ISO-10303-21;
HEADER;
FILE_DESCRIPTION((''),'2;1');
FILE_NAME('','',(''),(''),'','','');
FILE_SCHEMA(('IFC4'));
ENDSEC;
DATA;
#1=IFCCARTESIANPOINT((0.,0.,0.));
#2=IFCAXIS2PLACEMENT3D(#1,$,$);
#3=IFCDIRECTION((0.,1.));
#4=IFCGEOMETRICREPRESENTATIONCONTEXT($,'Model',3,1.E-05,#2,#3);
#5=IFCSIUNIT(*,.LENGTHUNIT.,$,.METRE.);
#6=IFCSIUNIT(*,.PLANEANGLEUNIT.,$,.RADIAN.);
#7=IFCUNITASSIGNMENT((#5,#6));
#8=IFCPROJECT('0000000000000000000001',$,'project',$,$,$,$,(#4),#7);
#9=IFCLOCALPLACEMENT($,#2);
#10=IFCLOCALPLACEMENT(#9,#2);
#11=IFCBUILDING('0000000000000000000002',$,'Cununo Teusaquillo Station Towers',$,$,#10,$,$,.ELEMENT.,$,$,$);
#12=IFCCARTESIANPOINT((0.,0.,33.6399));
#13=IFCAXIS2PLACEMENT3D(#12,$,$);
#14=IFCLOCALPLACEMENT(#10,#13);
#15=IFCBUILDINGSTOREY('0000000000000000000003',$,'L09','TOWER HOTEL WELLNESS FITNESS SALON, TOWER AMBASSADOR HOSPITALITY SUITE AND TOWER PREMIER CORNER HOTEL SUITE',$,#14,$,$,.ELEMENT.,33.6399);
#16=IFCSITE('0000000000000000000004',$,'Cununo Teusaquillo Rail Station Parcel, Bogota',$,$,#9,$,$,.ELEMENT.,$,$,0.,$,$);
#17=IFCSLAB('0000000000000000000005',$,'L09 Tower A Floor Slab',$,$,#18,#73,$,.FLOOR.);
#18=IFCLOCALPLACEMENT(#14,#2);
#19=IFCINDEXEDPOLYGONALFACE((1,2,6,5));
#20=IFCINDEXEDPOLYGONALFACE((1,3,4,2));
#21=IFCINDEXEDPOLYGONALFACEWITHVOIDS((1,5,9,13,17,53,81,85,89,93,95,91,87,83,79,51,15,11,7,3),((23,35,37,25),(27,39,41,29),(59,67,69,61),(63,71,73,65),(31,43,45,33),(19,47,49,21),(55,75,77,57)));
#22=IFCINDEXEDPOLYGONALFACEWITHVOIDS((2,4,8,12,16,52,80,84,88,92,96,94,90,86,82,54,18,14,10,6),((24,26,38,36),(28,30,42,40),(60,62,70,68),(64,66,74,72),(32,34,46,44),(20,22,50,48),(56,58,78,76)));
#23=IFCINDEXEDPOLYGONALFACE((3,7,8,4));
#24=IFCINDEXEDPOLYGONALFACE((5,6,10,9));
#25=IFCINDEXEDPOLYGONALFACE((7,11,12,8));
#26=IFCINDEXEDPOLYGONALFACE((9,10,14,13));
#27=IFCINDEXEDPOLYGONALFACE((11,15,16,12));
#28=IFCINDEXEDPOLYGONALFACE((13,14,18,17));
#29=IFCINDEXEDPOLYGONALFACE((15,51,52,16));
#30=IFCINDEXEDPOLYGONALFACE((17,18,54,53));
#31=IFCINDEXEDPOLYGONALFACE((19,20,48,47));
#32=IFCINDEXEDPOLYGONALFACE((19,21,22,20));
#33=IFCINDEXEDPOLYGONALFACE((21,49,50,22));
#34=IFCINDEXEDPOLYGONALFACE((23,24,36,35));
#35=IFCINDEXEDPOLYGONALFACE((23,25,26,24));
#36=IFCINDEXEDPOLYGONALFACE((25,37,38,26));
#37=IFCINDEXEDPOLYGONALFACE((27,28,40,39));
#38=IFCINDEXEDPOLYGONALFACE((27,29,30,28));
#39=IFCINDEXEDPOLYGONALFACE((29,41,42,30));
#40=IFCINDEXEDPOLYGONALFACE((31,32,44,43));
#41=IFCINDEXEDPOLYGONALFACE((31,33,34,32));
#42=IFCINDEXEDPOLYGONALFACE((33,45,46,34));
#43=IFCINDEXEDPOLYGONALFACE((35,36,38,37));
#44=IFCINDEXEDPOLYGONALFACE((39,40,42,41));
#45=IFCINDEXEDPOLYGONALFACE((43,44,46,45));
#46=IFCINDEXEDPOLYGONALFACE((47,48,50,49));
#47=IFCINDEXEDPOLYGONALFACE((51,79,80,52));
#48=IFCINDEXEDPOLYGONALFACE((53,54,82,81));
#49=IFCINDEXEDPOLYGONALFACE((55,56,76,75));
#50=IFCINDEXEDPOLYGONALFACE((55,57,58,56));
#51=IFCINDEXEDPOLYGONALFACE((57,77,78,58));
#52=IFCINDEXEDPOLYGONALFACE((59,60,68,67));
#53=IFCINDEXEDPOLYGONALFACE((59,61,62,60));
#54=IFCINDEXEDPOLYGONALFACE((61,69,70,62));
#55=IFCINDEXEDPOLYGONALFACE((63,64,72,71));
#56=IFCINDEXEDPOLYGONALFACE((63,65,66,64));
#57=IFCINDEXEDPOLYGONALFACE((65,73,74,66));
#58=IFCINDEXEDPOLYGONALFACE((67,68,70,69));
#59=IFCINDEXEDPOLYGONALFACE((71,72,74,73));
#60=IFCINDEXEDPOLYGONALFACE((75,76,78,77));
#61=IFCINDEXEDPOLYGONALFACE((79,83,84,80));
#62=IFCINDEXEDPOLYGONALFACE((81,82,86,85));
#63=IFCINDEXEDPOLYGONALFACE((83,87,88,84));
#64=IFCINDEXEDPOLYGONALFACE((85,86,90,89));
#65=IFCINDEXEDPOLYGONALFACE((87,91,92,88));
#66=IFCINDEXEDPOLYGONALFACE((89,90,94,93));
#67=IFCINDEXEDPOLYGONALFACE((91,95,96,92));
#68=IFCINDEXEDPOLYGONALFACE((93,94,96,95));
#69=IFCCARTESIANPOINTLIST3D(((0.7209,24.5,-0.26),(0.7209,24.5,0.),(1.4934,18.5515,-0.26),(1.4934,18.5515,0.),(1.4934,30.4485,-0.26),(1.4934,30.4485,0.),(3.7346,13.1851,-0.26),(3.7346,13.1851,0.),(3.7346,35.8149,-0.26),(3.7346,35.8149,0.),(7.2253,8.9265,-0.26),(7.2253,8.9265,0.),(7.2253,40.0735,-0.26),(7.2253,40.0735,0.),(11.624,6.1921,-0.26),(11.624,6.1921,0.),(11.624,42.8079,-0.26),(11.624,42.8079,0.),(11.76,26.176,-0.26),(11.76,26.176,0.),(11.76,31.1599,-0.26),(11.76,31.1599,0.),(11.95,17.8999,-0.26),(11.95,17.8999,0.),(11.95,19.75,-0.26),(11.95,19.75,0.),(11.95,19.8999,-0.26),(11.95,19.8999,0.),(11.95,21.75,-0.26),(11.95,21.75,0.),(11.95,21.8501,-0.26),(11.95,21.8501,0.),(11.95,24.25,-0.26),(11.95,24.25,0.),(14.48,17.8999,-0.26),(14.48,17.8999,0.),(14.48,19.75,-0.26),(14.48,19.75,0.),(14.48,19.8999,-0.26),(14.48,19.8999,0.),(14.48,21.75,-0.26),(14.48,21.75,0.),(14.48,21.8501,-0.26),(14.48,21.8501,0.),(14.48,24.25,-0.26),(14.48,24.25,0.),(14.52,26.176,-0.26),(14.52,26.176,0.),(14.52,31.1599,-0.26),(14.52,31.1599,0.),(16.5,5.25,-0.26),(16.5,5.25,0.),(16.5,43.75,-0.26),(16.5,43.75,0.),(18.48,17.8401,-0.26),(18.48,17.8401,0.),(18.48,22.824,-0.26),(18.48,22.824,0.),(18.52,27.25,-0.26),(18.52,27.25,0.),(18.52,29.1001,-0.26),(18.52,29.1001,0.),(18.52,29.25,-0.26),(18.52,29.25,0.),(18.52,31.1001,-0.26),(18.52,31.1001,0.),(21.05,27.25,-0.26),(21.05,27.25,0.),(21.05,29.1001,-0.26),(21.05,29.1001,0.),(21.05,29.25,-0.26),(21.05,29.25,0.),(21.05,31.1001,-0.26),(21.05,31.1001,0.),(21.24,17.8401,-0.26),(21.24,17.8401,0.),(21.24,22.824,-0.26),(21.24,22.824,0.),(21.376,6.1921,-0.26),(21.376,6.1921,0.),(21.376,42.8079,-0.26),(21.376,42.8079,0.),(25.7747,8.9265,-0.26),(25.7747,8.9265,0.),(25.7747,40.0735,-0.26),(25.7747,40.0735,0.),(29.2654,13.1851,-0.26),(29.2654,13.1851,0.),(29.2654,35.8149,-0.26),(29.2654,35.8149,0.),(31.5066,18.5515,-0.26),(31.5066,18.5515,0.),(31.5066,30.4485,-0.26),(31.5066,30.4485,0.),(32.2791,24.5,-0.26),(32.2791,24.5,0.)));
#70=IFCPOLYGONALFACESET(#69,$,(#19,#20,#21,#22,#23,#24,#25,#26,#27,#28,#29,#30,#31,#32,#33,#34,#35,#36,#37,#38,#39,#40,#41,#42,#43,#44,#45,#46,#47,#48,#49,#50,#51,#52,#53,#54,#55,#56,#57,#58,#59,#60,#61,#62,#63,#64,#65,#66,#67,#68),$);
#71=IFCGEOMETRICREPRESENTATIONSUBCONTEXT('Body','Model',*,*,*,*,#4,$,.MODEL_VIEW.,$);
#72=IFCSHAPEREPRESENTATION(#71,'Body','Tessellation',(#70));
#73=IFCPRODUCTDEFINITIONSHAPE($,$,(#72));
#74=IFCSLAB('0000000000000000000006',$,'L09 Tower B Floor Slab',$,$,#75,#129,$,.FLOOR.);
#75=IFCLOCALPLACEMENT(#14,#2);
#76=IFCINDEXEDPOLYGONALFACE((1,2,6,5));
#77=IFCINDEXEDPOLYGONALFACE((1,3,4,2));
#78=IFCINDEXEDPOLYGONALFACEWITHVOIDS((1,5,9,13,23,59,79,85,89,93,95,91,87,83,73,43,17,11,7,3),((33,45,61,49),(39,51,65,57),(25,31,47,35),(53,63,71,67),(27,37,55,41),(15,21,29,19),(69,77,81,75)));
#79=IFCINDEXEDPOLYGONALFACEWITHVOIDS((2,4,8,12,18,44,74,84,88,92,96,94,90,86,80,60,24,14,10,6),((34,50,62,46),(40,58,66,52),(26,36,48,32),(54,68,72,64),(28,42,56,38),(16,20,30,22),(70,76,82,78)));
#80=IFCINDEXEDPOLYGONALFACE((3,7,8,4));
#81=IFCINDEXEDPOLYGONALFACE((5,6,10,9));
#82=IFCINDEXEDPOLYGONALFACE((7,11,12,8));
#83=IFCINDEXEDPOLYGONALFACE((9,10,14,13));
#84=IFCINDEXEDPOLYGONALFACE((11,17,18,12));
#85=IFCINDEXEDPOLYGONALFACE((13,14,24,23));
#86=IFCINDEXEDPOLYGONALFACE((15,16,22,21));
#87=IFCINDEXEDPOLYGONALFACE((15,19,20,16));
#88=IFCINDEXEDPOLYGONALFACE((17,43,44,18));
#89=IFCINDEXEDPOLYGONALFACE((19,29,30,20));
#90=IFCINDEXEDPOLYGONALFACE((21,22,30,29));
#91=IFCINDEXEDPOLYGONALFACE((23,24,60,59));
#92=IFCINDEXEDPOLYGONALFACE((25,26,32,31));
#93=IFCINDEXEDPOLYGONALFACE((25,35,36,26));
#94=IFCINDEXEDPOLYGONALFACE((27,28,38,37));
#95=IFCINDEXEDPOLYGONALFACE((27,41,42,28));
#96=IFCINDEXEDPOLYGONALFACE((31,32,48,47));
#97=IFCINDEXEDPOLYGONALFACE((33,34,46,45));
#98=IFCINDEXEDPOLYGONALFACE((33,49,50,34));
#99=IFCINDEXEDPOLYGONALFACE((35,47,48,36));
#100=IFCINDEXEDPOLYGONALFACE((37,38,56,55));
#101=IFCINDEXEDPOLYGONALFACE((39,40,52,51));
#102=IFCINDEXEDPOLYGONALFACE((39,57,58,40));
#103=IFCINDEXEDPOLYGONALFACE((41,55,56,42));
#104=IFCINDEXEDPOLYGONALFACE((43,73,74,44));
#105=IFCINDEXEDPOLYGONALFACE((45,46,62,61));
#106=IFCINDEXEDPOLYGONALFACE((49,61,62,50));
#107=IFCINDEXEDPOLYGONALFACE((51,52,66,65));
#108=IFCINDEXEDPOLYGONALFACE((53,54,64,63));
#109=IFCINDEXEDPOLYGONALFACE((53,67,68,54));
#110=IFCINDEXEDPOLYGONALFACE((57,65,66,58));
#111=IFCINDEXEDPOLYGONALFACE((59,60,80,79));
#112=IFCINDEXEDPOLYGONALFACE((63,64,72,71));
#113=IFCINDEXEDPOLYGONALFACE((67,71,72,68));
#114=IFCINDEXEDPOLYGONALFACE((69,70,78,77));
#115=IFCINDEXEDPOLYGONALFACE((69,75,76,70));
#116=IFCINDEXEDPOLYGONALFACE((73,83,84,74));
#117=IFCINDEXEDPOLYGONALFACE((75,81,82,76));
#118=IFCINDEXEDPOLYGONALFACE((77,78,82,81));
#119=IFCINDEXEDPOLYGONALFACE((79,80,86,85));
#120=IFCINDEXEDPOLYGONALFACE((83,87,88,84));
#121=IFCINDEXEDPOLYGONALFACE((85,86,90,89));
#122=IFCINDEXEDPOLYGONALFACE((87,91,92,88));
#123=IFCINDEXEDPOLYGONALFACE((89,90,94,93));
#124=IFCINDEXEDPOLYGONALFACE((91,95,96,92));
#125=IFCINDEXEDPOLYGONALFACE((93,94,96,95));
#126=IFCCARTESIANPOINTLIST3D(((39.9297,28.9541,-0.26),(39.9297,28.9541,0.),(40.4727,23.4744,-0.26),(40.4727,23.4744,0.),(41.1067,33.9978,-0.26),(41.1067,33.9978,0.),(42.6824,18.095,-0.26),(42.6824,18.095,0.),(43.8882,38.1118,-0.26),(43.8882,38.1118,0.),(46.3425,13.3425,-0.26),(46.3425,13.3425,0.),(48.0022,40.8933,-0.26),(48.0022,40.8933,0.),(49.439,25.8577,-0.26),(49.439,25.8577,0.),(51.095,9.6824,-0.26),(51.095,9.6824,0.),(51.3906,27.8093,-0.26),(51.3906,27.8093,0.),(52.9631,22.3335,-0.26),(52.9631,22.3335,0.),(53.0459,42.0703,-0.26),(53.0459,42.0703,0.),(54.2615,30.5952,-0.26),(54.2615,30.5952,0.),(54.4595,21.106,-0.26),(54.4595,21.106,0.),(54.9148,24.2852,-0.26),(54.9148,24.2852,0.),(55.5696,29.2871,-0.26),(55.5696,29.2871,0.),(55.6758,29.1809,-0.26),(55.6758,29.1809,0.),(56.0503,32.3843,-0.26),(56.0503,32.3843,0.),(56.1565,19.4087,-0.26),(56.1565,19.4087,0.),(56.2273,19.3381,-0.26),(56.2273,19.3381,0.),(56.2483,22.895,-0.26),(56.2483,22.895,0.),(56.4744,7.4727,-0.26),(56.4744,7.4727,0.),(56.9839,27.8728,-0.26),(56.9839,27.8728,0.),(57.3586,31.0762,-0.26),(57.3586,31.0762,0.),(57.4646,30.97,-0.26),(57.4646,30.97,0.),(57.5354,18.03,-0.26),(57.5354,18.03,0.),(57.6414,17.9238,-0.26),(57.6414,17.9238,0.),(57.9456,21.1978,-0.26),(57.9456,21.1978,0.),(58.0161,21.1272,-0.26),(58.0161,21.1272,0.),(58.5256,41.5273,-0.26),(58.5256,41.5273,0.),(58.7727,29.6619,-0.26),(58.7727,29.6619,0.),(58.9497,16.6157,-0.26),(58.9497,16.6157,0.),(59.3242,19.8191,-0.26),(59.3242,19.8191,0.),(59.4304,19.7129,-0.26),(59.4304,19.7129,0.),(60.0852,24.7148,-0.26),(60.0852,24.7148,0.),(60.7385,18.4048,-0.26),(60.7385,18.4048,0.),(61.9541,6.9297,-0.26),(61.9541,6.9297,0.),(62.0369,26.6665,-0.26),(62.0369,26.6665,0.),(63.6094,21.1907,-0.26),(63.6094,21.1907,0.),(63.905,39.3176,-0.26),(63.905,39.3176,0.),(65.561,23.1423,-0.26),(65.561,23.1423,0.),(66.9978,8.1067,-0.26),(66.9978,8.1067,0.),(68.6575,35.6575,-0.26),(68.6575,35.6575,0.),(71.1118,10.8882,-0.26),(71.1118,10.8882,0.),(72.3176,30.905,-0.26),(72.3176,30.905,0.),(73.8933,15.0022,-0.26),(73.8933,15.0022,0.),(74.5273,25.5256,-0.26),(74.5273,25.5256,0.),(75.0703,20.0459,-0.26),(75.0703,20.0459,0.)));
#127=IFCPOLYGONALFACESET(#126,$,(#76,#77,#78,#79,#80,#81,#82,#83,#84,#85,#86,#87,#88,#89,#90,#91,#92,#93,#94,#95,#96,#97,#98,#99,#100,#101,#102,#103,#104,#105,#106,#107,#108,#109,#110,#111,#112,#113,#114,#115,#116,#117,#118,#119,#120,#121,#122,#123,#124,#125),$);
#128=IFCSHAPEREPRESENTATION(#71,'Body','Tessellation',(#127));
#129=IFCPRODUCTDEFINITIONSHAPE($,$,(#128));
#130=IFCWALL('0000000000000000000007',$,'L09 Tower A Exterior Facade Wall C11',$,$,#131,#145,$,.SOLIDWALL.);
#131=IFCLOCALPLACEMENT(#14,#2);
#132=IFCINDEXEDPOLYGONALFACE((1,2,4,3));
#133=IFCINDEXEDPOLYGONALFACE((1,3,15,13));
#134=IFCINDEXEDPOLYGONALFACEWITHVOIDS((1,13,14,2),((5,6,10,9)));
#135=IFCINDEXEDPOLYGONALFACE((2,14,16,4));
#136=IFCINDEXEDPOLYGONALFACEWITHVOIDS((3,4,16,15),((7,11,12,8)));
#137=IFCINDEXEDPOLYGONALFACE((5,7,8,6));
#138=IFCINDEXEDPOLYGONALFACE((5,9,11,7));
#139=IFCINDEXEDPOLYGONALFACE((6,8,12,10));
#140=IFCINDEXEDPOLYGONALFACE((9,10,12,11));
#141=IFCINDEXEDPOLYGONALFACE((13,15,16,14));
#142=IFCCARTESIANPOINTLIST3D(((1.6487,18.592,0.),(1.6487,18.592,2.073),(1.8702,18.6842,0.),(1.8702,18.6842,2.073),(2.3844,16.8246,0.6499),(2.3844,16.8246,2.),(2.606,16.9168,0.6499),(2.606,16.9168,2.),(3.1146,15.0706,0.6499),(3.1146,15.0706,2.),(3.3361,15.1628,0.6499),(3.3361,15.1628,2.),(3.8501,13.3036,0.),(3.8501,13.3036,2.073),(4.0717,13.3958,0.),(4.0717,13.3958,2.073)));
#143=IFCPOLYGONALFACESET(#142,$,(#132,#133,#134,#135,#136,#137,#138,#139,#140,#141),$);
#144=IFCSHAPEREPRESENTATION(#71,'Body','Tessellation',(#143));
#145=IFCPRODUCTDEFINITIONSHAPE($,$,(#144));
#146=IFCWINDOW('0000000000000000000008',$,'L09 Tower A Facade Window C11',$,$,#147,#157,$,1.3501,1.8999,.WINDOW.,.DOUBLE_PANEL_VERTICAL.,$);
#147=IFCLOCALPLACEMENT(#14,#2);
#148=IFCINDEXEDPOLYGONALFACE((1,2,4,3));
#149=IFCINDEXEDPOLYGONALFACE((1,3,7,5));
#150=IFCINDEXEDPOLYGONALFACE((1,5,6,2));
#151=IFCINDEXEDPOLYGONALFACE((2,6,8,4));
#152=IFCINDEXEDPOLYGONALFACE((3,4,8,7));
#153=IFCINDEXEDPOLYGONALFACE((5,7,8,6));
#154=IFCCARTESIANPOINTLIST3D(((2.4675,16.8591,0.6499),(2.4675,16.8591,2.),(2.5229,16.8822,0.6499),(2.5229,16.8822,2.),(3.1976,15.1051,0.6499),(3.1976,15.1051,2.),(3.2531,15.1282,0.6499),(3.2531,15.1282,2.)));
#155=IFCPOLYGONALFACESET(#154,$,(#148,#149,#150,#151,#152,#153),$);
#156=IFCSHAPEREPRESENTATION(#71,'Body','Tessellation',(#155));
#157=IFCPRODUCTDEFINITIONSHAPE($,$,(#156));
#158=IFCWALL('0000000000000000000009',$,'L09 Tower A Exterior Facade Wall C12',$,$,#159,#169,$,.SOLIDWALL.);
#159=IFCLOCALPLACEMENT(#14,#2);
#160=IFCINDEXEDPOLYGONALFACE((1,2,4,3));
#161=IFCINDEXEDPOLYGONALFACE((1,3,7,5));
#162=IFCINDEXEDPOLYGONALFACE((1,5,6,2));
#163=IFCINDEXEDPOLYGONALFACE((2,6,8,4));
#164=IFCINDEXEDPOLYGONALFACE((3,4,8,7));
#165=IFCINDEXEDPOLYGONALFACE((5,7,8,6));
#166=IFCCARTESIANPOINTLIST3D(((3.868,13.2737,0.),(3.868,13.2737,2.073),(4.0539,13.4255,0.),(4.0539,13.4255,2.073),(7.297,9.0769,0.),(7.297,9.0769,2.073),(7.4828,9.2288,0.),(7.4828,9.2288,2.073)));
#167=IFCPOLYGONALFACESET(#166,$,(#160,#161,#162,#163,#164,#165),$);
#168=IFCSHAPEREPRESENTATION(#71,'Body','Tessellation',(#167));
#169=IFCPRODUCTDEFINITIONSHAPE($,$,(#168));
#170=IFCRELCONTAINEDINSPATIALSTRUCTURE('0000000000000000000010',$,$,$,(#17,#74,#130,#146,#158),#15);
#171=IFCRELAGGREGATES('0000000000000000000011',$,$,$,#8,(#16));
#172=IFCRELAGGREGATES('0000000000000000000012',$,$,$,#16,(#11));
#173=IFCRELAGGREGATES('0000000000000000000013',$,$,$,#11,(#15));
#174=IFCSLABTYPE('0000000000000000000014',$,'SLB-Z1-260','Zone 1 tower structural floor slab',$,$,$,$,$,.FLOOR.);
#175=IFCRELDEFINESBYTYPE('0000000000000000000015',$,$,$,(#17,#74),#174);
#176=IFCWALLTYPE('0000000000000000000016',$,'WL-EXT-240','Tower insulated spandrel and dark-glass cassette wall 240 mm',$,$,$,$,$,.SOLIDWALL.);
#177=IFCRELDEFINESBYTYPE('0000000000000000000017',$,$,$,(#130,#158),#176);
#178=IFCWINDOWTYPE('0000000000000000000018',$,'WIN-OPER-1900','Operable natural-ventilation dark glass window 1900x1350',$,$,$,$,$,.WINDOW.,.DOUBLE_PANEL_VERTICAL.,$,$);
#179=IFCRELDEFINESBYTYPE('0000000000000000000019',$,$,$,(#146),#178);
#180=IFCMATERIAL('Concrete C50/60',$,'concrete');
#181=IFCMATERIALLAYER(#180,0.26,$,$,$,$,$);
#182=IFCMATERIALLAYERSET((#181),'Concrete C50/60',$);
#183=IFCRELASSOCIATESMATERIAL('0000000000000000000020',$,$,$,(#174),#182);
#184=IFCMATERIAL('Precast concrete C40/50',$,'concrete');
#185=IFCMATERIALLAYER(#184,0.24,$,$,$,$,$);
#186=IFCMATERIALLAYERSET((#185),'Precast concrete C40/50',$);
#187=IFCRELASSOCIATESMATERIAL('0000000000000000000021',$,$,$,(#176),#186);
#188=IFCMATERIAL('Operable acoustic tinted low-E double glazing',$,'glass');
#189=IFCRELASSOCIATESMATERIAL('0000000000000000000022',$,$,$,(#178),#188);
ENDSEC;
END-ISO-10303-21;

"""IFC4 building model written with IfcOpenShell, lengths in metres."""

from ifc_helpers import new_model, si_unit, direction, frame, frame_2d, origin, place, context, subcontext, project, spatial, polyline, rectangle, outline, extrude, source, transform, mapped, material, layer, layer_set, type_object, element, fill, save


model = new_model("IFC4")

# Units and contexts
model_context = context("Model", 3, precision=1e-05, world=origin(), true_north=direction((0.0, 1.0)))
body_context = subcontext(model_context, "Body", "Model", "MODEL_VIEW")
ifc_project = project(units=[si_unit("LENGTHUNIT", "METRE"), si_unit("PLANEANGLEUNIT", "RADIAN")], contexts=[model_context])

# Site, building, storey
site_placement = place(None, origin())
site = spatial("IfcSite", under=ifc_project, at=site_placement, Name="Cununo Teusaquillo Rail Station Parcel, Bogota", CompositionType="ELEMENT", RefElevation=0.0)
building_placement = place(site_placement, origin())
building = spatial("IfcBuilding", under=site, at=building_placement, Name="Cununo Teusaquillo Station Towers", CompositionType="ELEMENT")
storey_placement = place(building_placement, frame((0.0, 0.0, 33.6399)))
storey = spatial("IfcBuildingStorey", under=building, at=storey_placement, Name="L09", Description="TOWER HOTEL WELLNESS FITNESS SALON, TOWER AMBASSADOR HOSPITALITY SUITE AND TOWER PREMIER CORNER HOTEL SUITE", CompositionType="ELEMENT", Elevation=33.6399)

# Slabs
ifc_material_1 = material(Name="Concrete C50/60", Category="concrete")
ifc_layer_1 = layer(ifc_material_1, 0.26)
ifc_layer_set_1 = layer_set([ifc_layer_1], Name="Concrete C50/60")
slab_type_1 = type_object("IfcSlabType", Name="SLB-Z1-260", Description="Zone 1 tower structural floor slab", PredefinedType="FLOOR", material=ifc_layer_set_1)
slab_1_placement = place(storey_placement, frame((0.0, 0.0, -0.26)))
element("IfcSlab", 1, at=slab_1_placement, inside=storey, type_object=slab_type_1, Name="L09 Tower A Floor Slab", PredefinedType="FLOOR", context=body_context, shape_type="SweptSolid", body=[
    extrude(outline(polyline([(32.2791, 24.5), (31.5066, 30.4485), (29.2654, 35.8149), (25.7747, 40.0735), (21.376, 42.8079), (16.5, 43.75), (11.624, 42.8079), (7.2253, 40.0735), (3.7346, 35.8149), (1.4934, 30.4485), (0.7209, 24.5), (1.4934, 18.5515), (3.7346, 13.1851), (7.2253, 8.9265), (11.624, 6.1921), (16.5, 5.25), (21.376, 6.1921), (25.7747, 8.9265), (29.2654, 13.1851), (31.5066, 18.5515), (32.2791, 24.5)]), holes=[polyline([(14.52, 26.176), (14.52, 31.1599), (11.76, 31.1599), (11.76, 26.176), (14.52, 26.176)]), polyline([(18.48, 22.824), (18.48, 17.8401), (21.24, 17.8401), (21.24, 22.824), (18.48, 22.824)]), polyline([(11.95, 21.8501), (14.48, 21.8501), (14.48, 24.25), (11.95, 24.25), (11.95, 21.8501)]), polyline([(11.95, 17.8999), (14.48, 17.8999), (14.48, 19.75), (11.95, 19.75), (11.95, 17.8999)]), polyline([(11.95, 19.8999), (14.48, 19.8999), (14.48, 21.75), (11.95, 21.75), (11.95, 19.8999)]), polyline([(18.52, 27.25), (21.05, 27.25), (21.05, 29.1001), (18.52, 29.1001), (18.52, 27.25)]), polyline([(18.52, 29.25), (21.05, 29.25), (21.05, 31.1001), (18.52, 31.1001), (18.52, 29.25)])]), origin(), (0.0, 0.0, 1.0), 0.26),
])
slab_2_placement = place(storey_placement, frame((0.0, 0.0, -0.26)))
element("IfcSlab", 2, at=slab_2_placement, inside=storey, type_object=slab_type_1, Name="L09 Tower B Floor Slab", PredefinedType="FLOOR", context=body_context, shape_type="SweptSolid", body=[
    extrude(outline(polyline([(68.6575, 35.6575), (63.905, 39.3176), (58.5256, 41.5273), (53.0459, 42.0703), (48.0022, 40.8933), (43.8882, 38.1118), (41.1067, 33.9978), (39.9297, 28.9541), (40.4727, 23.4744), (42.6824, 18.095), (46.3425, 13.3425), (51.095, 9.6824), (56.4744, 7.4727), (61.9541, 6.9297), (66.9978, 8.1067), (71.1118, 10.8882), (73.8933, 15.0022), (75.0703, 20.0459), (74.5273, 25.5256), (72.3176, 30.905), (68.6575, 35.6575)]), holes=[polyline([(54.9148, 24.2852), (51.3906, 27.8093), (49.439, 25.8577), (52.9631, 22.3335), (54.9148, 24.2852)]), polyline([(60.0852, 24.7148), (63.6094, 21.1907), (65.561, 23.1423), (62.0369, 26.6665), (60.0852, 24.7148)]), polyline([(56.1565, 19.4087), (57.9456, 21.1978), (56.2483, 22.895), (54.4595, 21.106), (56.1565, 19.4087)]), polyline([(58.9497, 16.6157), (60.7385, 18.4048), (59.4304, 19.7129), (57.6414, 17.9238), (58.9497, 16.6157)]), polyline([(57.5354, 18.03), (59.3242, 19.8191), (58.0161, 21.1272), (56.2273, 19.3381), (57.5354, 18.03)]), polyline([(56.9839, 27.8728), (58.7727, 29.6619), (57.4646, 30.97), (55.6758, 29.1809), (56.9839, 27.8728)]), polyline([(55.5696, 29.2871), (57.3586, 31.0762), (56.0503, 32.3843), (54.2615, 30.5952), (55.5696, 29.2871)])]), origin(), (0.0, 0.0, 1.0), 0.26),
])

# Wall, opening, window
ifc_material_2 = material(Name="Precast concrete C40/50", Category="concrete")
ifc_layer_2 = layer(ifc_material_2, 0.24)
ifc_layer_set_2 = layer_set([ifc_layer_2], Name="Precast concrete C40/50")
wall_type_1 = type_object("IfcWallType", Name="WL-EXT-240", Description="Tower insulated spandrel and dark-glass cassette wall 240 mm", PredefinedType="SOLIDWALL", material=ifc_layer_set_2)
wall_1_placement = place(storey_placement, frame((3.9609, 13.3496, 0.0), z_axis=(0.0, 0.0, 1.0), x_axis=(-0.38431, 0.923204, 0.0)))
wall_1 = element("IfcWall", 3, at=wall_1_placement, inside=storey, type_object=wall_type_1, Name="L09 Tower A Exterior Facade Wall C11", PredefinedType="SOLIDWALL", context=body_context, shape_type="SweptSolid", body=[
    extrude(rectangle(XDim=5.7283, YDim=0.24, at=frame_2d((2.8643, 0.0))), origin(), (0.0, 0.0, 1.0), 2.073),
])
shared_shape_1 = source(origin(), body_context, "Body", "SweptSolid", [
    extrude(rectangle(XDim=1.8999, YDim=1.3501, at=frame_2d((0.95, 0.675))), frame((0.0, 0.1299, 0.0), z_axis=(0.0, -1.0, 0.0), x_axis=(1.0, 0.0, 0.0)), (0.0, 0.0, 1.0), 0.26),
])
opening_1_placement = place(wall_1_placement, frame((1.9141, 0.0, 0.6499)))
opening_1 = element("IfcOpeningElement", 4, at=opening_1_placement, cuts=wall_1, PredefinedType="OPENING", context=body_context, shape_type="MappedRepresentation", body=[
    mapped(shared_shape_1, transform((0.0, 0.0, 0.0), x_axis=(1.0, 0.0, 0.0), y_axis=(0.0, 1.0, 0.0), z_axis=(0.0, 0.0, 1.0), scale=1.0)),
])
ifc_material_3 = material(Name="Operable acoustic tinted low-E double glazing", Category="glass")
window_type = type_object("IfcWindowType", Name="WIN-OPER-1900", Description="Operable natural-ventilation dark glass window 1900x1350", PartitioningType="DOUBLE_PANEL_VERTICAL", PredefinedType="WINDOW", material=ifc_material_3)
shared_shape_2 = source(origin(), body_context, "Body", "SweptSolid", [
    extrude(rectangle(XDim=1.8999, YDim=1.3501, at=frame_2d((0.95, 0.675))), frame((0.0, 0.03, 0.0), z_axis=(0.0, -1.0, 0.0), x_axis=(1.0, 0.0, 0.0)), (0.0, 0.0, 1.0), 0.0601),
])
window_1_placement = place(opening_1_placement, origin())
window_1 = element("IfcWindow", 5, at=window_1_placement, inside=storey, type_object=window_type, Name="L09 Tower A Facade Window C11", OverallHeight=1.3501, OverallWidth=1.8999, PartitioningType="DOUBLE_PANEL_VERTICAL", PredefinedType="WINDOW", context=body_context, shape_type="MappedRepresentation", body=[
    mapped(shared_shape_2, transform((0.0, 0.0, 0.0), x_axis=(1.0, 0.0, 0.0), y_axis=(0.0, 1.0, 0.0), z_axis=(0.0, 0.0, 1.0), scale=1.0)),
])
fill(opening_1, window_1)

# Wall
wall_2_placement = place(storey_placement, frame((7.3899, 9.1528, 0.0), z_axis=(0.0, 0.0, 1.0), x_axis=(-0.63271, 0.774389, 0.0)))
element("IfcWall", 6, at=wall_2_placement, inside=storey, type_object=wall_type_1, Name="L09 Tower A Exterior Facade Wall C12", PredefinedType="SOLIDWALL", context=body_context, shape_type="SweptSolid", body=[
    extrude(rectangle(XDim=5.4194, YDim=0.24, at=frame_2d((2.7097, 0.0))), origin(), (0.0, 0.0, 1.0), 2.073),
])

save(model, "model.ifc")
